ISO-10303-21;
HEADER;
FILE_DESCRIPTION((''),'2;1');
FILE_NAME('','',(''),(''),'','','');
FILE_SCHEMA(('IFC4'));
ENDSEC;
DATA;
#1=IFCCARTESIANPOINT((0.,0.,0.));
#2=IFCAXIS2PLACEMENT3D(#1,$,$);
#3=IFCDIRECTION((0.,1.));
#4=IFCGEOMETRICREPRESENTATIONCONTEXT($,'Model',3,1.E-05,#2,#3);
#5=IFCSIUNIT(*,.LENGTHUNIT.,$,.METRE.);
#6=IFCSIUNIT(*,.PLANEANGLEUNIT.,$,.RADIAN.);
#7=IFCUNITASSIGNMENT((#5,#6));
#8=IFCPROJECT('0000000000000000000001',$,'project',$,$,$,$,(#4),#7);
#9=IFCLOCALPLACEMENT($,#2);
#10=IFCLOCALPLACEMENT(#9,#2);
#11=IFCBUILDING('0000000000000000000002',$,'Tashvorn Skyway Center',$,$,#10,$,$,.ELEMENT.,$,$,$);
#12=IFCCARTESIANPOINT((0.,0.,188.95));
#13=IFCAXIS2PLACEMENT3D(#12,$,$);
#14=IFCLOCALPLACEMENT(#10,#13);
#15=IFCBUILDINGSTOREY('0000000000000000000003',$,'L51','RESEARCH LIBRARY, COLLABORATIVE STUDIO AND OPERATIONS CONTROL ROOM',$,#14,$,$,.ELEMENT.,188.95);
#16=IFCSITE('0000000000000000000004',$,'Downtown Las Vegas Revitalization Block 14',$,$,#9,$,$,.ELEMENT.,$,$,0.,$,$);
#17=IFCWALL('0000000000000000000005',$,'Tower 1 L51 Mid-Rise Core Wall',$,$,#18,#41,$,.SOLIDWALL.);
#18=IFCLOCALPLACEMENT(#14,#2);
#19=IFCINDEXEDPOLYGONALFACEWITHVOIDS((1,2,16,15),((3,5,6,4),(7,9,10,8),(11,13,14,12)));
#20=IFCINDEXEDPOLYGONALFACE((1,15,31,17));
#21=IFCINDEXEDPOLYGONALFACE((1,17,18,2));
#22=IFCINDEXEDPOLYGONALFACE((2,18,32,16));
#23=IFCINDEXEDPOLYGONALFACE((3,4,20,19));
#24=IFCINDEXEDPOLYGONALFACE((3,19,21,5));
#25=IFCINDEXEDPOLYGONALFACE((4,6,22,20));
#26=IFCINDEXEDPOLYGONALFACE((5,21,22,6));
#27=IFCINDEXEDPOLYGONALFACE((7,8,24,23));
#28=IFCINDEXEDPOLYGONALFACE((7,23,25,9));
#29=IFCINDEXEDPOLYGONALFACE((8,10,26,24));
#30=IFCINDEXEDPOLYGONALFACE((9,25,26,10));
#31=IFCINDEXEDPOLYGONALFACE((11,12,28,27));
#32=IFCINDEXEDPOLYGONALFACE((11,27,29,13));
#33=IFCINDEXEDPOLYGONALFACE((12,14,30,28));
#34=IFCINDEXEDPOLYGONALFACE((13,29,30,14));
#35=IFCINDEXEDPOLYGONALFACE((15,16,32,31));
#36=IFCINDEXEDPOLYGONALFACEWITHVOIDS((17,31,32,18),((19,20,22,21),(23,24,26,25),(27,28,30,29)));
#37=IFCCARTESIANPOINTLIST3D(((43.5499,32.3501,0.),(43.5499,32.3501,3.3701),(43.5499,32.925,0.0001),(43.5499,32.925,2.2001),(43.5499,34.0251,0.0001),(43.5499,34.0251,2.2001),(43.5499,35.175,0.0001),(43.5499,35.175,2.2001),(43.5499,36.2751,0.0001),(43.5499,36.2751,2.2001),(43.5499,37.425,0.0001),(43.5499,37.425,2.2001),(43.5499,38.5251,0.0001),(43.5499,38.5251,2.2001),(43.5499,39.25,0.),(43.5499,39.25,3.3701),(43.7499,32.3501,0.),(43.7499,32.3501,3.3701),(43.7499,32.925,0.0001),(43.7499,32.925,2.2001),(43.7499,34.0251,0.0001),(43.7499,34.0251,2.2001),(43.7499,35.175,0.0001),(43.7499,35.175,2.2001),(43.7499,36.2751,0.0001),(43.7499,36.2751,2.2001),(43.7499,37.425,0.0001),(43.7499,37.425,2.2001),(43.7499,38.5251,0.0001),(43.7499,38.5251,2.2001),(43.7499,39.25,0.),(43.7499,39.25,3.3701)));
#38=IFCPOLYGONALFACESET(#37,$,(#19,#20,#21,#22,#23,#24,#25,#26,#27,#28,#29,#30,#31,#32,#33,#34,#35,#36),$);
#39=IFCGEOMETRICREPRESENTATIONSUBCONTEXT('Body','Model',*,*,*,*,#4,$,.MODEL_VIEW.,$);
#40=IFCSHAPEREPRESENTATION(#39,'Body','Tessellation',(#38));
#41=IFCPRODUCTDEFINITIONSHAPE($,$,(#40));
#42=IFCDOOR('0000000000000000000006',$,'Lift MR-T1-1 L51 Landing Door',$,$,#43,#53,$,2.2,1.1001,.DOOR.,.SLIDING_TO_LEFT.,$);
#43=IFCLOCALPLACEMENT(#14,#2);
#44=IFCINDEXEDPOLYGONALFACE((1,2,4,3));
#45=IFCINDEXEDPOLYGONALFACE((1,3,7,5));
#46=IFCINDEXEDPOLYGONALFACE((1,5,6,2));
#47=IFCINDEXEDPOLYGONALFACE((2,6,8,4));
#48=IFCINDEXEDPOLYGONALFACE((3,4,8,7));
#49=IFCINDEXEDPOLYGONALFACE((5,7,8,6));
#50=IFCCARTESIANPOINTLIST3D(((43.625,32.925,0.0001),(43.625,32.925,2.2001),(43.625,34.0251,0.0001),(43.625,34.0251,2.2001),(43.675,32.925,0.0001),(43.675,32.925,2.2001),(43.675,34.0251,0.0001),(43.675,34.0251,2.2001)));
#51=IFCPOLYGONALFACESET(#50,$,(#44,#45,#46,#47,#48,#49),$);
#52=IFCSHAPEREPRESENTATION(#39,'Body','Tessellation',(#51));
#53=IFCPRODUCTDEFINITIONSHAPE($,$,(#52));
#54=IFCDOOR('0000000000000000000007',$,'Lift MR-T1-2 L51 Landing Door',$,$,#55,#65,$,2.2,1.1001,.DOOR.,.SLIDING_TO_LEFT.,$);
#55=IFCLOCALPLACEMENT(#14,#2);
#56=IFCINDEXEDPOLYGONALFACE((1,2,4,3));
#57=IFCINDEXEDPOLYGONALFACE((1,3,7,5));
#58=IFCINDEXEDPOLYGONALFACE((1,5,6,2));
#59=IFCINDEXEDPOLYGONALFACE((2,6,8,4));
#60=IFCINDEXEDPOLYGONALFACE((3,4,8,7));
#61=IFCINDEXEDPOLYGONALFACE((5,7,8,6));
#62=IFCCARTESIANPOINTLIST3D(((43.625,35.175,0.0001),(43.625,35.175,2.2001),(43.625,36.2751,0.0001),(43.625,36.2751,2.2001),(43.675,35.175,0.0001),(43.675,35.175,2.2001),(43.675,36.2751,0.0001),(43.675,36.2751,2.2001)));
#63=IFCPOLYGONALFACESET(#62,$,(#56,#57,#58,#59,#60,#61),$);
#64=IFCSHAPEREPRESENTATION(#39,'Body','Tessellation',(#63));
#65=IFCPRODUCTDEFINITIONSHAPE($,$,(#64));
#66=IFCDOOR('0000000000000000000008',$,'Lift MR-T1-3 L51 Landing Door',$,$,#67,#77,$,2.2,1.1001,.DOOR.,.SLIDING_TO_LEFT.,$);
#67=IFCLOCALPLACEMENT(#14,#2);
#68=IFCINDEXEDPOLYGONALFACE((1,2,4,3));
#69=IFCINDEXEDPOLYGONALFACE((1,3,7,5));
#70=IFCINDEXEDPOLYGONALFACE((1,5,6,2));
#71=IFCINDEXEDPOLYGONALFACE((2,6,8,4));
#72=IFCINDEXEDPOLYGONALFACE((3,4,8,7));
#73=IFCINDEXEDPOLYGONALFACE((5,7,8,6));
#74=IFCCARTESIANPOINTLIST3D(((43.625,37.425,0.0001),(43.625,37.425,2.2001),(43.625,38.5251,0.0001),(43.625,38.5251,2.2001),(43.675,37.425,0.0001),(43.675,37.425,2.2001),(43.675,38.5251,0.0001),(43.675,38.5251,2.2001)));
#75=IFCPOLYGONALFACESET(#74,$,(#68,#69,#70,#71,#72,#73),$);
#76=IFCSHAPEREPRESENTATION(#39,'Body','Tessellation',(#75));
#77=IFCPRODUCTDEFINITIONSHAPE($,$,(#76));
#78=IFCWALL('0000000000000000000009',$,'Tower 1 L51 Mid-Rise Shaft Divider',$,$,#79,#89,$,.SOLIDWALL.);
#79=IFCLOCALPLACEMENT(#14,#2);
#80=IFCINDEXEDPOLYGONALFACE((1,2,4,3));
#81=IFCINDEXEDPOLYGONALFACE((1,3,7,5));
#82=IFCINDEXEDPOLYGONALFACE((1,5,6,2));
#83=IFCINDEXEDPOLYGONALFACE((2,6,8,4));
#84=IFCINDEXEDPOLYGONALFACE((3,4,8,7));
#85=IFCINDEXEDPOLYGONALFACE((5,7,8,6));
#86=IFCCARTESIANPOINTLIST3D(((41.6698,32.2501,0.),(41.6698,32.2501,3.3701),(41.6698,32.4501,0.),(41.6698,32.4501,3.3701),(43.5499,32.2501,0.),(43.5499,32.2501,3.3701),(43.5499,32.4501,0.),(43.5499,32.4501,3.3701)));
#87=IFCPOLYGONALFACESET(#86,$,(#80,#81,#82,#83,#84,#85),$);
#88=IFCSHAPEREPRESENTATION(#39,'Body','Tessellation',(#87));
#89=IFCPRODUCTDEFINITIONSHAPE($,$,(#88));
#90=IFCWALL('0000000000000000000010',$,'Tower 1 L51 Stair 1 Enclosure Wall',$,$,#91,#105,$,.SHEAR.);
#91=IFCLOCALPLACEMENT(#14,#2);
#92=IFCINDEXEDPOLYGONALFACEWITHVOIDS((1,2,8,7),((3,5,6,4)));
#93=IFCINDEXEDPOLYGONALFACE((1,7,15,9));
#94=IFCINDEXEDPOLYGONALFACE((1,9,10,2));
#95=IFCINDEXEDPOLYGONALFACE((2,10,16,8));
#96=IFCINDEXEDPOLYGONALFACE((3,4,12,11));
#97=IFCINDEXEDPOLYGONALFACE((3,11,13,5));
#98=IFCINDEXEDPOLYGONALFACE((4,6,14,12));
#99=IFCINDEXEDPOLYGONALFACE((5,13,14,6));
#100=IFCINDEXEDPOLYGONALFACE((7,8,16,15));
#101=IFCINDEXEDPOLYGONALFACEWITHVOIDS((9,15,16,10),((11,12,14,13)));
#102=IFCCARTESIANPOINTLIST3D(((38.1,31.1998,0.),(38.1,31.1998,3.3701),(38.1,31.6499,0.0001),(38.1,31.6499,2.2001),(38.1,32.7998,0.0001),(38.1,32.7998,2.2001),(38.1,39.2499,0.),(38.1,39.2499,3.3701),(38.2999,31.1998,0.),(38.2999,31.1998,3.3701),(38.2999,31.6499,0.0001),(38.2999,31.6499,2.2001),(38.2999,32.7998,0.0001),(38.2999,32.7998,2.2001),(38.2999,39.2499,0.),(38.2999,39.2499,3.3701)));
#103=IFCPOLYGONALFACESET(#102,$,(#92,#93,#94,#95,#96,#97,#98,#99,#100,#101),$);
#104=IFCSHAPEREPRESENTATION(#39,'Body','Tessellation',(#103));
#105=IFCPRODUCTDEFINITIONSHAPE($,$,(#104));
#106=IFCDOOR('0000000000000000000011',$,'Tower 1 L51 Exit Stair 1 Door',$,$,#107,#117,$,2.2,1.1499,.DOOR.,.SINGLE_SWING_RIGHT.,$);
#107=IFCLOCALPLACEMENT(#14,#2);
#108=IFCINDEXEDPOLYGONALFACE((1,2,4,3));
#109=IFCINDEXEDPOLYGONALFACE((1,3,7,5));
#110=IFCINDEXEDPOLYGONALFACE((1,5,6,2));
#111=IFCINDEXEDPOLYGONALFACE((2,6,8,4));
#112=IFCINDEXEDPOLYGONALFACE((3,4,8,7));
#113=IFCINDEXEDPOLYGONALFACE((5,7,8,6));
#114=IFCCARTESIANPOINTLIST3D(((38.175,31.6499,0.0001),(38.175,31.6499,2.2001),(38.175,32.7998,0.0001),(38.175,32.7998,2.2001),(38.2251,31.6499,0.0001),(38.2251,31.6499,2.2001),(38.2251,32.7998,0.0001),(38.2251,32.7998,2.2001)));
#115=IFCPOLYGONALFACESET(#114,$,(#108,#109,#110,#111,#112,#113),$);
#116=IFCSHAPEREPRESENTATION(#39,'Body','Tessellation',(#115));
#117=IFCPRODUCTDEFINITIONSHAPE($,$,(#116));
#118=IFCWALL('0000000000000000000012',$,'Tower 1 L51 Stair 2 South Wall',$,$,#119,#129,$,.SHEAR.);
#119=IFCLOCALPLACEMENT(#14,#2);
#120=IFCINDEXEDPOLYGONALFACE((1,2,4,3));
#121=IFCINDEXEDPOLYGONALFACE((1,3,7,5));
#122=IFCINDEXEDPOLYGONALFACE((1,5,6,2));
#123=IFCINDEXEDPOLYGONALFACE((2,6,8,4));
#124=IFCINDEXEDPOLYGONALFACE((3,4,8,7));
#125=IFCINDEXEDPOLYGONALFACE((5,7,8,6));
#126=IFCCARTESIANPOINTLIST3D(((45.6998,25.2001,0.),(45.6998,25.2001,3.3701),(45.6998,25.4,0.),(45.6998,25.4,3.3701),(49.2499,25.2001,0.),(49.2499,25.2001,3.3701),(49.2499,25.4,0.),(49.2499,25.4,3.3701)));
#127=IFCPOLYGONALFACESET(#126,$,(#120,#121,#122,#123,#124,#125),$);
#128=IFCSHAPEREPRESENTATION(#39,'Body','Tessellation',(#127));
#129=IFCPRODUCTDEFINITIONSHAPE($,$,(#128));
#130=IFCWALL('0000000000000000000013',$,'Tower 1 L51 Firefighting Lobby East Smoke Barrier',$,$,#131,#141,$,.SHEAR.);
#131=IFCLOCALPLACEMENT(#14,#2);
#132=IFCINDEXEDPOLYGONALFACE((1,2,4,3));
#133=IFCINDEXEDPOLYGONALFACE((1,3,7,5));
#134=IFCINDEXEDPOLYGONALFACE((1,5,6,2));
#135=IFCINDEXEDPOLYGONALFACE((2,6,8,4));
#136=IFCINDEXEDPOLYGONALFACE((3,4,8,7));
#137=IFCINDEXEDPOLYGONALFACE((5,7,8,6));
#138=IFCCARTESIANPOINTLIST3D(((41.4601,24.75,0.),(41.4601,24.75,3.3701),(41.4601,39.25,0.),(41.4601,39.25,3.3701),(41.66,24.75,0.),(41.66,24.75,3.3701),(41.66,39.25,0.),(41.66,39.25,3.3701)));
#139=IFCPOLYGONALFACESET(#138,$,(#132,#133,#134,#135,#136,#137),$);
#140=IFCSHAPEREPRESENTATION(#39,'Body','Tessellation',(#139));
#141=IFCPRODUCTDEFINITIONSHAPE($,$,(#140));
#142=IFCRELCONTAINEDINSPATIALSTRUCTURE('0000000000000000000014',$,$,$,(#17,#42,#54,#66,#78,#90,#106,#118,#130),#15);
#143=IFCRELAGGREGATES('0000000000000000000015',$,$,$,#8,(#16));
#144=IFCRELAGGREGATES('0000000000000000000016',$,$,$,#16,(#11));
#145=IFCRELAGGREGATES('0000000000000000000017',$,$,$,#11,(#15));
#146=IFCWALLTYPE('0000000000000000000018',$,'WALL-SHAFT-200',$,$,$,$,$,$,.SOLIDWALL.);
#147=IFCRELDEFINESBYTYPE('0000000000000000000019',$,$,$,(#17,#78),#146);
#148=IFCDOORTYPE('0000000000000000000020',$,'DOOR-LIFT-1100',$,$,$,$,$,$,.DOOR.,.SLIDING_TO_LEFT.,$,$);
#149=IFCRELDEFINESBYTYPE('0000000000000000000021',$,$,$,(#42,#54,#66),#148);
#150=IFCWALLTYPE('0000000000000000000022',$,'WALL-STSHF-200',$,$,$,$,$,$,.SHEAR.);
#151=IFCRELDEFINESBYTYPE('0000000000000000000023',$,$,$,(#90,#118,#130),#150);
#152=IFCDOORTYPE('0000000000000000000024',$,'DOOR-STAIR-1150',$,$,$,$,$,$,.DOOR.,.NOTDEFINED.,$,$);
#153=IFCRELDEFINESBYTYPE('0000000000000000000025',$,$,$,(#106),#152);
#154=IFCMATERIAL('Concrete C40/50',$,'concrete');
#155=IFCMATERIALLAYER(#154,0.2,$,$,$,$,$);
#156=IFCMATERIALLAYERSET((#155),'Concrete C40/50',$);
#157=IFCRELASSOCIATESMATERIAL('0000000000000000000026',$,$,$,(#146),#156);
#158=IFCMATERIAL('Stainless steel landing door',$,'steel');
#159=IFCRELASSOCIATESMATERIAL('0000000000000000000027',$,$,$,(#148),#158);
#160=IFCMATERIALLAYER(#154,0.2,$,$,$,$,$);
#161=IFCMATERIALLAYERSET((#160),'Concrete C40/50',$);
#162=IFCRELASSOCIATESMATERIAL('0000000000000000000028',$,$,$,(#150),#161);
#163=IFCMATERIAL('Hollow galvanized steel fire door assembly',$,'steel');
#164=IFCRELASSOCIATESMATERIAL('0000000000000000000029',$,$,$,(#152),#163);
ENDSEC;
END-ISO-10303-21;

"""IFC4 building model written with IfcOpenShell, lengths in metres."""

from ifc_helpers import new_model, si_unit, direction, frame, frame_2d, origin, place, context, subcontext, project, spatial, rectangle, extrude, material, layer, layer_set, type_object, element, fill, save


model = new_model("IFC4")

# Units and contexts
model_context = context("Model", 3, precision=1e-05, world=origin(), true_north=direction((0.0, 1.0)))
body_context = subcontext(model_context, "Body", "Model", "MODEL_VIEW")
ifc_project = project(units=[si_unit("LENGTHUNIT", "METRE"), si_unit("PLANEANGLEUNIT", "RADIAN")], contexts=[model_context])

# Site, building, storey
site_placement = place(None, origin())
site = spatial("IfcSite", under=ifc_project, at=site_placement, Name="Downtown Las Vegas Revitalization Block 14", CompositionType="ELEMENT", RefElevation=0.0)
building_placement = place(site_placement, origin())
building = spatial("IfcBuilding", under=site, at=building_placement, Name="Tashvorn Skyway Center", CompositionType="ELEMENT")
storey_placement = place(building_placement, frame((0.0, 0.0, 188.95)))
storey = spatial("IfcBuildingStorey", under=building, at=storey_placement, Name="L51", Description="RESEARCH LIBRARY, COLLABORATIVE STUDIO AND OPERATIONS CONTROL ROOM", CompositionType="ELEMENT", Elevation=188.95)

# Shared definitions
ifc_material_1 = material(Name="Concrete C40/50", Category="concrete")
ifc_material_2 = material(Name="Hollow galvanized steel fire door assembly", Category="steel")

# Wall, openings, doors
ifc_layer_1 = layer(ifc_material_1, 0.2)
ifc_layer_set_1 = layer_set([ifc_layer_1], Name="Concrete C40/50")
wall_type_1 = type_object("IfcWallType", Name="WALL-SHAFT-200", PredefinedType="SOLIDWALL", material=ifc_layer_set_1)
wall_1_placement = place(storey_placement, frame((43.6499, 32.3501, 0.0), z_axis=(0.0, 0.0, 1.0), x_axis=(0.0, 1.0, 0.0)))
wall_1 = element("IfcWall", 1, at=wall_1_placement, inside=storey, type_object=wall_type_1, Name="Tower 1 L51 Mid-Rise Core Wall", PredefinedType="SOLIDWALL", context=body_context, shape_type="SweptSolid", body=[
    extrude(rectangle(XDim=6.8999, YDim=0.2, at=frame_2d((3.45, 0.0))), origin(), (0.0, 0.0, 1.0), 3.3701),
])
opening_1_placement = place(wall_1_placement, frame((0.575, 0.0, 0.0)))
opening_1 = element("IfcOpeningElement", 2, at=opening_1_placement, cuts=wall_1, PredefinedType="OPENING", context=body_context, shape_type="SweptSolid", body=[
    extrude(rectangle(XDim=1.1001, YDim=2.2, at=frame_2d((0.55, 1.1001))), frame((0.0, 0.1099, 0.0), z_axis=(0.0, -1.0, 0.0), x_axis=(1.0, 0.0, 0.0)), (0.0, 0.0, 1.0), 0.22),
])
opening_2_placement = place(wall_1_placement, frame((2.825, 0.0, 0.0)))
opening_2 = element("IfcOpeningElement", 3, at=opening_2_placement, cuts=wall_1, PredefinedType="OPENING", context=body_context, shape_type="SweptSolid", body=[
    extrude(rectangle(XDim=1.1001, YDim=2.2, at=frame_2d((0.55, 1.1001))), frame((0.0, 0.1099, 0.0), z_axis=(0.0, -1.0, 0.0), x_axis=(1.0, 0.0, 0.0)), (0.0, 0.0, 1.0), 0.22),
])
opening_3_placement = place(wall_1_placement, frame((5.075, 0.0, 0.0)))
opening_3 = element("IfcOpeningElement", 4, at=opening_3_placement, cuts=wall_1, PredefinedType="OPENING", context=body_context, shape_type="SweptSolid", body=[
    extrude(rectangle(XDim=1.1001, YDim=2.2, at=frame_2d((0.55, 1.1001))), frame((0.0, 0.1099, 0.0), z_axis=(0.0, -1.0, 0.0), x_axis=(1.0, 0.0, 0.0)), (0.0, 0.0, 1.0), 0.22),
])
ifc_material_3 = material(Name="Stainless steel landing door", Category="steel")
door_type_1 = type_object("IfcDoorType", Name="DOOR-LIFT-1100", OperationType="SLIDING_TO_LEFT", PredefinedType="DOOR", material=ifc_material_3)
door_1_placement = place(opening_1_placement, origin())
door_1 = element("IfcDoor", 5, at=door_1_placement, inside=storey, type_object=door_type_1, Name="Lift MR-T1-1 L51 Landing Door", OperationType="SLIDING_TO_LEFT", OverallHeight=2.2, OverallWidth=1.1001, PredefinedType="DOOR", context=body_context, shape_type="SweptSolid", body=[
    extrude(rectangle(XDim=1.1001, YDim=2.2, at=frame_2d((0.55, 1.1001))), frame((0.0, 0.0249, 0.0), z_axis=(0.0, -1.0, 0.0), x_axis=(1.0, 0.0, 0.0)), (0.0, 0.0, 1.0), 0.05),
])
fill(opening_1, door_1)
door_2_placement = place(opening_2_placement, origin())
door_2 = element("IfcDoor", 6, at=door_2_placement, inside=storey, type_object=door_type_1, Name="Lift MR-T1-2 L51 Landing Door", OperationType="SLIDING_TO_LEFT", OverallHeight=2.2, OverallWidth=1.1001, PredefinedType="DOOR", context=body_context, shape_type="SweptSolid", body=[
    extrude(rectangle(XDim=1.1001, YDim=2.2, at=frame_2d((0.55, 1.1001))), frame((0.0, 0.0249, 0.0), z_axis=(0.0, -1.0, 0.0), x_axis=(1.0, 0.0, 0.0)), (0.0, 0.0, 1.0), 0.05),
])
fill(opening_2, door_2)
door_3_placement = place(opening_3_placement, origin())
door_3 = element("IfcDoor", 7, at=door_3_placement, inside=storey, type_object=door_type_1, Name="Lift MR-T1-3 L51 Landing Door", OperationType="SLIDING_TO_LEFT", OverallHeight=2.2, OverallWidth=1.1001, PredefinedType="DOOR", context=body_context, shape_type="SweptSolid", body=[
    extrude(rectangle(XDim=1.1001, YDim=2.2, at=frame_2d((0.55, 1.1001))), frame((0.0, 0.0249, 0.0), z_axis=(0.0, -1.0, 0.0), x_axis=(1.0, 0.0, 0.0)), (0.0, 0.0, 1.0), 0.05),
])
fill(opening_3, door_3)

# Wall
wall_2_placement = place(storey_placement, frame((41.6699, 32.3501, 0.0), z_axis=(0.0, 0.0, 1.0), x_axis=(1.0, 0.0, 0.0)))
element("IfcWall", 8, at=wall_2_placement, inside=storey, type_object=wall_type_1, Name="Tower 1 L51 Mid-Rise Shaft Divider", PredefinedType="SOLIDWALL", context=body_context, shape_type="SweptSolid", body=[
    extrude(rectangle(XDim=1.8801, YDim=0.2, at=frame_2d((0.9399, 0.0))), origin(), (0.0, 0.0, 1.0), 3.3701),
])

# Wall, opening, door
ifc_layer_2 = layer(ifc_material_1, 0.2)
ifc_layer_set_2 = layer_set([ifc_layer_2], Name="Concrete C40/50")
wall_type_2 = type_object("IfcWallType", Name="WALL-STSHF-200", PredefinedType="SHEAR", material=ifc_layer_set_2)
wall_3_placement = place(storey_placement, frame((38.2, 31.2, 0.0), z_axis=(0.0, 0.0, 1.0), x_axis=(0.0, 1.0, 0.0)))
wall_3 = element("IfcWall", 9, at=wall_3_placement, inside=storey, type_object=wall_type_2, Name="Tower 1 L51 Stair 1 Enclosure Wall", PredefinedType="SHEAR", context=body_context, shape_type="SweptSolid", body=[
    extrude(rectangle(XDim=8.05, YDim=0.2, at=frame_2d((4.0249, 0.0))), origin(), (0.0, 0.0, 1.0), 3.3701),
])
opening_4_placement = place(wall_3_placement, frame((0.45, 0.0, 0.0)))
opening_4 = element("IfcOpeningElement", 10, at=opening_4_placement, cuts=wall_3, PredefinedType="OPENING", context=body_context, shape_type="SweptSolid", body=[
    extrude(rectangle(XDim=1.1499, YDim=2.2, at=frame_2d((0.575, 1.1001))), frame((0.0, 0.1099, 0.0), z_axis=(0.0, -1.0, 0.0), x_axis=(1.0, 0.0, 0.0)), (0.0, 0.0, 1.0), 0.22),
])
door_type_2 = type_object("IfcDoorType", Name="DOOR-STAIR-1150", OperationType="NOTDEFINED", PredefinedType="DOOR", material=ifc_material_2)
door_4_placement = place(opening_4_placement, origin())
door_4 = element("IfcDoor", 11, at=door_4_placement, inside=storey, type_object=door_type_2, Name="Tower 1 L51 Exit Stair 1 Door", OperationType="SINGLE_SWING_RIGHT", OverallHeight=2.2, OverallWidth=1.1499, PredefinedType="DOOR", context=body_context, shape_type="SweptSolid", body=[
    extrude(rectangle(XDim=1.1499, YDim=2.2, at=frame_2d((0.575, 1.1001))), frame((0.0, 0.0249, 0.0), z_axis=(0.0, -1.0, 0.0), x_axis=(1.0, 0.0, 0.0)), (0.0, 0.0, 1.0), 0.05),
])
fill(opening_4, door_4)

# Walls
wall_4_placement = place(storey_placement, frame((45.7, 25.3, 0.0), z_axis=(0.0, 0.0, 1.0), x_axis=(1.0, 0.0, 0.0)))
element("IfcWall", 12, at=wall_4_placement, inside=storey, type_object=wall_type_2, Name="Tower 1 L51 Stair 2 South Wall", PredefinedType="SHEAR", context=body_context, shape_type="SweptSolid", body=[
    extrude(rectangle(XDim=3.55, YDim=0.2, at=frame_2d((1.7749, 0.0))), origin(), (0.0, 0.0, 1.0), 3.3701),
])
wall_5_placement = place(storey_placement, frame((41.5601, 24.75, 0.0), z_axis=(0.0, 0.0, 1.0), x_axis=(0.0, 1.0, 0.0)))
element("IfcWall", 13, at=wall_5_placement, inside=storey, type_object=wall_type_2, Name="Tower 1 L51 Firefighting Lobby East Smoke Barrier", PredefinedType="SHEAR", context=body_context, shape_type="SweptSolid", body=[
    extrude(rectangle(XDim=14.5, YDim=0.2, at=frame_2d((7.25, 0.0))), origin(), (0.0, 0.0, 1.0), 3.3701),
])

save(model, "model.ifc")
